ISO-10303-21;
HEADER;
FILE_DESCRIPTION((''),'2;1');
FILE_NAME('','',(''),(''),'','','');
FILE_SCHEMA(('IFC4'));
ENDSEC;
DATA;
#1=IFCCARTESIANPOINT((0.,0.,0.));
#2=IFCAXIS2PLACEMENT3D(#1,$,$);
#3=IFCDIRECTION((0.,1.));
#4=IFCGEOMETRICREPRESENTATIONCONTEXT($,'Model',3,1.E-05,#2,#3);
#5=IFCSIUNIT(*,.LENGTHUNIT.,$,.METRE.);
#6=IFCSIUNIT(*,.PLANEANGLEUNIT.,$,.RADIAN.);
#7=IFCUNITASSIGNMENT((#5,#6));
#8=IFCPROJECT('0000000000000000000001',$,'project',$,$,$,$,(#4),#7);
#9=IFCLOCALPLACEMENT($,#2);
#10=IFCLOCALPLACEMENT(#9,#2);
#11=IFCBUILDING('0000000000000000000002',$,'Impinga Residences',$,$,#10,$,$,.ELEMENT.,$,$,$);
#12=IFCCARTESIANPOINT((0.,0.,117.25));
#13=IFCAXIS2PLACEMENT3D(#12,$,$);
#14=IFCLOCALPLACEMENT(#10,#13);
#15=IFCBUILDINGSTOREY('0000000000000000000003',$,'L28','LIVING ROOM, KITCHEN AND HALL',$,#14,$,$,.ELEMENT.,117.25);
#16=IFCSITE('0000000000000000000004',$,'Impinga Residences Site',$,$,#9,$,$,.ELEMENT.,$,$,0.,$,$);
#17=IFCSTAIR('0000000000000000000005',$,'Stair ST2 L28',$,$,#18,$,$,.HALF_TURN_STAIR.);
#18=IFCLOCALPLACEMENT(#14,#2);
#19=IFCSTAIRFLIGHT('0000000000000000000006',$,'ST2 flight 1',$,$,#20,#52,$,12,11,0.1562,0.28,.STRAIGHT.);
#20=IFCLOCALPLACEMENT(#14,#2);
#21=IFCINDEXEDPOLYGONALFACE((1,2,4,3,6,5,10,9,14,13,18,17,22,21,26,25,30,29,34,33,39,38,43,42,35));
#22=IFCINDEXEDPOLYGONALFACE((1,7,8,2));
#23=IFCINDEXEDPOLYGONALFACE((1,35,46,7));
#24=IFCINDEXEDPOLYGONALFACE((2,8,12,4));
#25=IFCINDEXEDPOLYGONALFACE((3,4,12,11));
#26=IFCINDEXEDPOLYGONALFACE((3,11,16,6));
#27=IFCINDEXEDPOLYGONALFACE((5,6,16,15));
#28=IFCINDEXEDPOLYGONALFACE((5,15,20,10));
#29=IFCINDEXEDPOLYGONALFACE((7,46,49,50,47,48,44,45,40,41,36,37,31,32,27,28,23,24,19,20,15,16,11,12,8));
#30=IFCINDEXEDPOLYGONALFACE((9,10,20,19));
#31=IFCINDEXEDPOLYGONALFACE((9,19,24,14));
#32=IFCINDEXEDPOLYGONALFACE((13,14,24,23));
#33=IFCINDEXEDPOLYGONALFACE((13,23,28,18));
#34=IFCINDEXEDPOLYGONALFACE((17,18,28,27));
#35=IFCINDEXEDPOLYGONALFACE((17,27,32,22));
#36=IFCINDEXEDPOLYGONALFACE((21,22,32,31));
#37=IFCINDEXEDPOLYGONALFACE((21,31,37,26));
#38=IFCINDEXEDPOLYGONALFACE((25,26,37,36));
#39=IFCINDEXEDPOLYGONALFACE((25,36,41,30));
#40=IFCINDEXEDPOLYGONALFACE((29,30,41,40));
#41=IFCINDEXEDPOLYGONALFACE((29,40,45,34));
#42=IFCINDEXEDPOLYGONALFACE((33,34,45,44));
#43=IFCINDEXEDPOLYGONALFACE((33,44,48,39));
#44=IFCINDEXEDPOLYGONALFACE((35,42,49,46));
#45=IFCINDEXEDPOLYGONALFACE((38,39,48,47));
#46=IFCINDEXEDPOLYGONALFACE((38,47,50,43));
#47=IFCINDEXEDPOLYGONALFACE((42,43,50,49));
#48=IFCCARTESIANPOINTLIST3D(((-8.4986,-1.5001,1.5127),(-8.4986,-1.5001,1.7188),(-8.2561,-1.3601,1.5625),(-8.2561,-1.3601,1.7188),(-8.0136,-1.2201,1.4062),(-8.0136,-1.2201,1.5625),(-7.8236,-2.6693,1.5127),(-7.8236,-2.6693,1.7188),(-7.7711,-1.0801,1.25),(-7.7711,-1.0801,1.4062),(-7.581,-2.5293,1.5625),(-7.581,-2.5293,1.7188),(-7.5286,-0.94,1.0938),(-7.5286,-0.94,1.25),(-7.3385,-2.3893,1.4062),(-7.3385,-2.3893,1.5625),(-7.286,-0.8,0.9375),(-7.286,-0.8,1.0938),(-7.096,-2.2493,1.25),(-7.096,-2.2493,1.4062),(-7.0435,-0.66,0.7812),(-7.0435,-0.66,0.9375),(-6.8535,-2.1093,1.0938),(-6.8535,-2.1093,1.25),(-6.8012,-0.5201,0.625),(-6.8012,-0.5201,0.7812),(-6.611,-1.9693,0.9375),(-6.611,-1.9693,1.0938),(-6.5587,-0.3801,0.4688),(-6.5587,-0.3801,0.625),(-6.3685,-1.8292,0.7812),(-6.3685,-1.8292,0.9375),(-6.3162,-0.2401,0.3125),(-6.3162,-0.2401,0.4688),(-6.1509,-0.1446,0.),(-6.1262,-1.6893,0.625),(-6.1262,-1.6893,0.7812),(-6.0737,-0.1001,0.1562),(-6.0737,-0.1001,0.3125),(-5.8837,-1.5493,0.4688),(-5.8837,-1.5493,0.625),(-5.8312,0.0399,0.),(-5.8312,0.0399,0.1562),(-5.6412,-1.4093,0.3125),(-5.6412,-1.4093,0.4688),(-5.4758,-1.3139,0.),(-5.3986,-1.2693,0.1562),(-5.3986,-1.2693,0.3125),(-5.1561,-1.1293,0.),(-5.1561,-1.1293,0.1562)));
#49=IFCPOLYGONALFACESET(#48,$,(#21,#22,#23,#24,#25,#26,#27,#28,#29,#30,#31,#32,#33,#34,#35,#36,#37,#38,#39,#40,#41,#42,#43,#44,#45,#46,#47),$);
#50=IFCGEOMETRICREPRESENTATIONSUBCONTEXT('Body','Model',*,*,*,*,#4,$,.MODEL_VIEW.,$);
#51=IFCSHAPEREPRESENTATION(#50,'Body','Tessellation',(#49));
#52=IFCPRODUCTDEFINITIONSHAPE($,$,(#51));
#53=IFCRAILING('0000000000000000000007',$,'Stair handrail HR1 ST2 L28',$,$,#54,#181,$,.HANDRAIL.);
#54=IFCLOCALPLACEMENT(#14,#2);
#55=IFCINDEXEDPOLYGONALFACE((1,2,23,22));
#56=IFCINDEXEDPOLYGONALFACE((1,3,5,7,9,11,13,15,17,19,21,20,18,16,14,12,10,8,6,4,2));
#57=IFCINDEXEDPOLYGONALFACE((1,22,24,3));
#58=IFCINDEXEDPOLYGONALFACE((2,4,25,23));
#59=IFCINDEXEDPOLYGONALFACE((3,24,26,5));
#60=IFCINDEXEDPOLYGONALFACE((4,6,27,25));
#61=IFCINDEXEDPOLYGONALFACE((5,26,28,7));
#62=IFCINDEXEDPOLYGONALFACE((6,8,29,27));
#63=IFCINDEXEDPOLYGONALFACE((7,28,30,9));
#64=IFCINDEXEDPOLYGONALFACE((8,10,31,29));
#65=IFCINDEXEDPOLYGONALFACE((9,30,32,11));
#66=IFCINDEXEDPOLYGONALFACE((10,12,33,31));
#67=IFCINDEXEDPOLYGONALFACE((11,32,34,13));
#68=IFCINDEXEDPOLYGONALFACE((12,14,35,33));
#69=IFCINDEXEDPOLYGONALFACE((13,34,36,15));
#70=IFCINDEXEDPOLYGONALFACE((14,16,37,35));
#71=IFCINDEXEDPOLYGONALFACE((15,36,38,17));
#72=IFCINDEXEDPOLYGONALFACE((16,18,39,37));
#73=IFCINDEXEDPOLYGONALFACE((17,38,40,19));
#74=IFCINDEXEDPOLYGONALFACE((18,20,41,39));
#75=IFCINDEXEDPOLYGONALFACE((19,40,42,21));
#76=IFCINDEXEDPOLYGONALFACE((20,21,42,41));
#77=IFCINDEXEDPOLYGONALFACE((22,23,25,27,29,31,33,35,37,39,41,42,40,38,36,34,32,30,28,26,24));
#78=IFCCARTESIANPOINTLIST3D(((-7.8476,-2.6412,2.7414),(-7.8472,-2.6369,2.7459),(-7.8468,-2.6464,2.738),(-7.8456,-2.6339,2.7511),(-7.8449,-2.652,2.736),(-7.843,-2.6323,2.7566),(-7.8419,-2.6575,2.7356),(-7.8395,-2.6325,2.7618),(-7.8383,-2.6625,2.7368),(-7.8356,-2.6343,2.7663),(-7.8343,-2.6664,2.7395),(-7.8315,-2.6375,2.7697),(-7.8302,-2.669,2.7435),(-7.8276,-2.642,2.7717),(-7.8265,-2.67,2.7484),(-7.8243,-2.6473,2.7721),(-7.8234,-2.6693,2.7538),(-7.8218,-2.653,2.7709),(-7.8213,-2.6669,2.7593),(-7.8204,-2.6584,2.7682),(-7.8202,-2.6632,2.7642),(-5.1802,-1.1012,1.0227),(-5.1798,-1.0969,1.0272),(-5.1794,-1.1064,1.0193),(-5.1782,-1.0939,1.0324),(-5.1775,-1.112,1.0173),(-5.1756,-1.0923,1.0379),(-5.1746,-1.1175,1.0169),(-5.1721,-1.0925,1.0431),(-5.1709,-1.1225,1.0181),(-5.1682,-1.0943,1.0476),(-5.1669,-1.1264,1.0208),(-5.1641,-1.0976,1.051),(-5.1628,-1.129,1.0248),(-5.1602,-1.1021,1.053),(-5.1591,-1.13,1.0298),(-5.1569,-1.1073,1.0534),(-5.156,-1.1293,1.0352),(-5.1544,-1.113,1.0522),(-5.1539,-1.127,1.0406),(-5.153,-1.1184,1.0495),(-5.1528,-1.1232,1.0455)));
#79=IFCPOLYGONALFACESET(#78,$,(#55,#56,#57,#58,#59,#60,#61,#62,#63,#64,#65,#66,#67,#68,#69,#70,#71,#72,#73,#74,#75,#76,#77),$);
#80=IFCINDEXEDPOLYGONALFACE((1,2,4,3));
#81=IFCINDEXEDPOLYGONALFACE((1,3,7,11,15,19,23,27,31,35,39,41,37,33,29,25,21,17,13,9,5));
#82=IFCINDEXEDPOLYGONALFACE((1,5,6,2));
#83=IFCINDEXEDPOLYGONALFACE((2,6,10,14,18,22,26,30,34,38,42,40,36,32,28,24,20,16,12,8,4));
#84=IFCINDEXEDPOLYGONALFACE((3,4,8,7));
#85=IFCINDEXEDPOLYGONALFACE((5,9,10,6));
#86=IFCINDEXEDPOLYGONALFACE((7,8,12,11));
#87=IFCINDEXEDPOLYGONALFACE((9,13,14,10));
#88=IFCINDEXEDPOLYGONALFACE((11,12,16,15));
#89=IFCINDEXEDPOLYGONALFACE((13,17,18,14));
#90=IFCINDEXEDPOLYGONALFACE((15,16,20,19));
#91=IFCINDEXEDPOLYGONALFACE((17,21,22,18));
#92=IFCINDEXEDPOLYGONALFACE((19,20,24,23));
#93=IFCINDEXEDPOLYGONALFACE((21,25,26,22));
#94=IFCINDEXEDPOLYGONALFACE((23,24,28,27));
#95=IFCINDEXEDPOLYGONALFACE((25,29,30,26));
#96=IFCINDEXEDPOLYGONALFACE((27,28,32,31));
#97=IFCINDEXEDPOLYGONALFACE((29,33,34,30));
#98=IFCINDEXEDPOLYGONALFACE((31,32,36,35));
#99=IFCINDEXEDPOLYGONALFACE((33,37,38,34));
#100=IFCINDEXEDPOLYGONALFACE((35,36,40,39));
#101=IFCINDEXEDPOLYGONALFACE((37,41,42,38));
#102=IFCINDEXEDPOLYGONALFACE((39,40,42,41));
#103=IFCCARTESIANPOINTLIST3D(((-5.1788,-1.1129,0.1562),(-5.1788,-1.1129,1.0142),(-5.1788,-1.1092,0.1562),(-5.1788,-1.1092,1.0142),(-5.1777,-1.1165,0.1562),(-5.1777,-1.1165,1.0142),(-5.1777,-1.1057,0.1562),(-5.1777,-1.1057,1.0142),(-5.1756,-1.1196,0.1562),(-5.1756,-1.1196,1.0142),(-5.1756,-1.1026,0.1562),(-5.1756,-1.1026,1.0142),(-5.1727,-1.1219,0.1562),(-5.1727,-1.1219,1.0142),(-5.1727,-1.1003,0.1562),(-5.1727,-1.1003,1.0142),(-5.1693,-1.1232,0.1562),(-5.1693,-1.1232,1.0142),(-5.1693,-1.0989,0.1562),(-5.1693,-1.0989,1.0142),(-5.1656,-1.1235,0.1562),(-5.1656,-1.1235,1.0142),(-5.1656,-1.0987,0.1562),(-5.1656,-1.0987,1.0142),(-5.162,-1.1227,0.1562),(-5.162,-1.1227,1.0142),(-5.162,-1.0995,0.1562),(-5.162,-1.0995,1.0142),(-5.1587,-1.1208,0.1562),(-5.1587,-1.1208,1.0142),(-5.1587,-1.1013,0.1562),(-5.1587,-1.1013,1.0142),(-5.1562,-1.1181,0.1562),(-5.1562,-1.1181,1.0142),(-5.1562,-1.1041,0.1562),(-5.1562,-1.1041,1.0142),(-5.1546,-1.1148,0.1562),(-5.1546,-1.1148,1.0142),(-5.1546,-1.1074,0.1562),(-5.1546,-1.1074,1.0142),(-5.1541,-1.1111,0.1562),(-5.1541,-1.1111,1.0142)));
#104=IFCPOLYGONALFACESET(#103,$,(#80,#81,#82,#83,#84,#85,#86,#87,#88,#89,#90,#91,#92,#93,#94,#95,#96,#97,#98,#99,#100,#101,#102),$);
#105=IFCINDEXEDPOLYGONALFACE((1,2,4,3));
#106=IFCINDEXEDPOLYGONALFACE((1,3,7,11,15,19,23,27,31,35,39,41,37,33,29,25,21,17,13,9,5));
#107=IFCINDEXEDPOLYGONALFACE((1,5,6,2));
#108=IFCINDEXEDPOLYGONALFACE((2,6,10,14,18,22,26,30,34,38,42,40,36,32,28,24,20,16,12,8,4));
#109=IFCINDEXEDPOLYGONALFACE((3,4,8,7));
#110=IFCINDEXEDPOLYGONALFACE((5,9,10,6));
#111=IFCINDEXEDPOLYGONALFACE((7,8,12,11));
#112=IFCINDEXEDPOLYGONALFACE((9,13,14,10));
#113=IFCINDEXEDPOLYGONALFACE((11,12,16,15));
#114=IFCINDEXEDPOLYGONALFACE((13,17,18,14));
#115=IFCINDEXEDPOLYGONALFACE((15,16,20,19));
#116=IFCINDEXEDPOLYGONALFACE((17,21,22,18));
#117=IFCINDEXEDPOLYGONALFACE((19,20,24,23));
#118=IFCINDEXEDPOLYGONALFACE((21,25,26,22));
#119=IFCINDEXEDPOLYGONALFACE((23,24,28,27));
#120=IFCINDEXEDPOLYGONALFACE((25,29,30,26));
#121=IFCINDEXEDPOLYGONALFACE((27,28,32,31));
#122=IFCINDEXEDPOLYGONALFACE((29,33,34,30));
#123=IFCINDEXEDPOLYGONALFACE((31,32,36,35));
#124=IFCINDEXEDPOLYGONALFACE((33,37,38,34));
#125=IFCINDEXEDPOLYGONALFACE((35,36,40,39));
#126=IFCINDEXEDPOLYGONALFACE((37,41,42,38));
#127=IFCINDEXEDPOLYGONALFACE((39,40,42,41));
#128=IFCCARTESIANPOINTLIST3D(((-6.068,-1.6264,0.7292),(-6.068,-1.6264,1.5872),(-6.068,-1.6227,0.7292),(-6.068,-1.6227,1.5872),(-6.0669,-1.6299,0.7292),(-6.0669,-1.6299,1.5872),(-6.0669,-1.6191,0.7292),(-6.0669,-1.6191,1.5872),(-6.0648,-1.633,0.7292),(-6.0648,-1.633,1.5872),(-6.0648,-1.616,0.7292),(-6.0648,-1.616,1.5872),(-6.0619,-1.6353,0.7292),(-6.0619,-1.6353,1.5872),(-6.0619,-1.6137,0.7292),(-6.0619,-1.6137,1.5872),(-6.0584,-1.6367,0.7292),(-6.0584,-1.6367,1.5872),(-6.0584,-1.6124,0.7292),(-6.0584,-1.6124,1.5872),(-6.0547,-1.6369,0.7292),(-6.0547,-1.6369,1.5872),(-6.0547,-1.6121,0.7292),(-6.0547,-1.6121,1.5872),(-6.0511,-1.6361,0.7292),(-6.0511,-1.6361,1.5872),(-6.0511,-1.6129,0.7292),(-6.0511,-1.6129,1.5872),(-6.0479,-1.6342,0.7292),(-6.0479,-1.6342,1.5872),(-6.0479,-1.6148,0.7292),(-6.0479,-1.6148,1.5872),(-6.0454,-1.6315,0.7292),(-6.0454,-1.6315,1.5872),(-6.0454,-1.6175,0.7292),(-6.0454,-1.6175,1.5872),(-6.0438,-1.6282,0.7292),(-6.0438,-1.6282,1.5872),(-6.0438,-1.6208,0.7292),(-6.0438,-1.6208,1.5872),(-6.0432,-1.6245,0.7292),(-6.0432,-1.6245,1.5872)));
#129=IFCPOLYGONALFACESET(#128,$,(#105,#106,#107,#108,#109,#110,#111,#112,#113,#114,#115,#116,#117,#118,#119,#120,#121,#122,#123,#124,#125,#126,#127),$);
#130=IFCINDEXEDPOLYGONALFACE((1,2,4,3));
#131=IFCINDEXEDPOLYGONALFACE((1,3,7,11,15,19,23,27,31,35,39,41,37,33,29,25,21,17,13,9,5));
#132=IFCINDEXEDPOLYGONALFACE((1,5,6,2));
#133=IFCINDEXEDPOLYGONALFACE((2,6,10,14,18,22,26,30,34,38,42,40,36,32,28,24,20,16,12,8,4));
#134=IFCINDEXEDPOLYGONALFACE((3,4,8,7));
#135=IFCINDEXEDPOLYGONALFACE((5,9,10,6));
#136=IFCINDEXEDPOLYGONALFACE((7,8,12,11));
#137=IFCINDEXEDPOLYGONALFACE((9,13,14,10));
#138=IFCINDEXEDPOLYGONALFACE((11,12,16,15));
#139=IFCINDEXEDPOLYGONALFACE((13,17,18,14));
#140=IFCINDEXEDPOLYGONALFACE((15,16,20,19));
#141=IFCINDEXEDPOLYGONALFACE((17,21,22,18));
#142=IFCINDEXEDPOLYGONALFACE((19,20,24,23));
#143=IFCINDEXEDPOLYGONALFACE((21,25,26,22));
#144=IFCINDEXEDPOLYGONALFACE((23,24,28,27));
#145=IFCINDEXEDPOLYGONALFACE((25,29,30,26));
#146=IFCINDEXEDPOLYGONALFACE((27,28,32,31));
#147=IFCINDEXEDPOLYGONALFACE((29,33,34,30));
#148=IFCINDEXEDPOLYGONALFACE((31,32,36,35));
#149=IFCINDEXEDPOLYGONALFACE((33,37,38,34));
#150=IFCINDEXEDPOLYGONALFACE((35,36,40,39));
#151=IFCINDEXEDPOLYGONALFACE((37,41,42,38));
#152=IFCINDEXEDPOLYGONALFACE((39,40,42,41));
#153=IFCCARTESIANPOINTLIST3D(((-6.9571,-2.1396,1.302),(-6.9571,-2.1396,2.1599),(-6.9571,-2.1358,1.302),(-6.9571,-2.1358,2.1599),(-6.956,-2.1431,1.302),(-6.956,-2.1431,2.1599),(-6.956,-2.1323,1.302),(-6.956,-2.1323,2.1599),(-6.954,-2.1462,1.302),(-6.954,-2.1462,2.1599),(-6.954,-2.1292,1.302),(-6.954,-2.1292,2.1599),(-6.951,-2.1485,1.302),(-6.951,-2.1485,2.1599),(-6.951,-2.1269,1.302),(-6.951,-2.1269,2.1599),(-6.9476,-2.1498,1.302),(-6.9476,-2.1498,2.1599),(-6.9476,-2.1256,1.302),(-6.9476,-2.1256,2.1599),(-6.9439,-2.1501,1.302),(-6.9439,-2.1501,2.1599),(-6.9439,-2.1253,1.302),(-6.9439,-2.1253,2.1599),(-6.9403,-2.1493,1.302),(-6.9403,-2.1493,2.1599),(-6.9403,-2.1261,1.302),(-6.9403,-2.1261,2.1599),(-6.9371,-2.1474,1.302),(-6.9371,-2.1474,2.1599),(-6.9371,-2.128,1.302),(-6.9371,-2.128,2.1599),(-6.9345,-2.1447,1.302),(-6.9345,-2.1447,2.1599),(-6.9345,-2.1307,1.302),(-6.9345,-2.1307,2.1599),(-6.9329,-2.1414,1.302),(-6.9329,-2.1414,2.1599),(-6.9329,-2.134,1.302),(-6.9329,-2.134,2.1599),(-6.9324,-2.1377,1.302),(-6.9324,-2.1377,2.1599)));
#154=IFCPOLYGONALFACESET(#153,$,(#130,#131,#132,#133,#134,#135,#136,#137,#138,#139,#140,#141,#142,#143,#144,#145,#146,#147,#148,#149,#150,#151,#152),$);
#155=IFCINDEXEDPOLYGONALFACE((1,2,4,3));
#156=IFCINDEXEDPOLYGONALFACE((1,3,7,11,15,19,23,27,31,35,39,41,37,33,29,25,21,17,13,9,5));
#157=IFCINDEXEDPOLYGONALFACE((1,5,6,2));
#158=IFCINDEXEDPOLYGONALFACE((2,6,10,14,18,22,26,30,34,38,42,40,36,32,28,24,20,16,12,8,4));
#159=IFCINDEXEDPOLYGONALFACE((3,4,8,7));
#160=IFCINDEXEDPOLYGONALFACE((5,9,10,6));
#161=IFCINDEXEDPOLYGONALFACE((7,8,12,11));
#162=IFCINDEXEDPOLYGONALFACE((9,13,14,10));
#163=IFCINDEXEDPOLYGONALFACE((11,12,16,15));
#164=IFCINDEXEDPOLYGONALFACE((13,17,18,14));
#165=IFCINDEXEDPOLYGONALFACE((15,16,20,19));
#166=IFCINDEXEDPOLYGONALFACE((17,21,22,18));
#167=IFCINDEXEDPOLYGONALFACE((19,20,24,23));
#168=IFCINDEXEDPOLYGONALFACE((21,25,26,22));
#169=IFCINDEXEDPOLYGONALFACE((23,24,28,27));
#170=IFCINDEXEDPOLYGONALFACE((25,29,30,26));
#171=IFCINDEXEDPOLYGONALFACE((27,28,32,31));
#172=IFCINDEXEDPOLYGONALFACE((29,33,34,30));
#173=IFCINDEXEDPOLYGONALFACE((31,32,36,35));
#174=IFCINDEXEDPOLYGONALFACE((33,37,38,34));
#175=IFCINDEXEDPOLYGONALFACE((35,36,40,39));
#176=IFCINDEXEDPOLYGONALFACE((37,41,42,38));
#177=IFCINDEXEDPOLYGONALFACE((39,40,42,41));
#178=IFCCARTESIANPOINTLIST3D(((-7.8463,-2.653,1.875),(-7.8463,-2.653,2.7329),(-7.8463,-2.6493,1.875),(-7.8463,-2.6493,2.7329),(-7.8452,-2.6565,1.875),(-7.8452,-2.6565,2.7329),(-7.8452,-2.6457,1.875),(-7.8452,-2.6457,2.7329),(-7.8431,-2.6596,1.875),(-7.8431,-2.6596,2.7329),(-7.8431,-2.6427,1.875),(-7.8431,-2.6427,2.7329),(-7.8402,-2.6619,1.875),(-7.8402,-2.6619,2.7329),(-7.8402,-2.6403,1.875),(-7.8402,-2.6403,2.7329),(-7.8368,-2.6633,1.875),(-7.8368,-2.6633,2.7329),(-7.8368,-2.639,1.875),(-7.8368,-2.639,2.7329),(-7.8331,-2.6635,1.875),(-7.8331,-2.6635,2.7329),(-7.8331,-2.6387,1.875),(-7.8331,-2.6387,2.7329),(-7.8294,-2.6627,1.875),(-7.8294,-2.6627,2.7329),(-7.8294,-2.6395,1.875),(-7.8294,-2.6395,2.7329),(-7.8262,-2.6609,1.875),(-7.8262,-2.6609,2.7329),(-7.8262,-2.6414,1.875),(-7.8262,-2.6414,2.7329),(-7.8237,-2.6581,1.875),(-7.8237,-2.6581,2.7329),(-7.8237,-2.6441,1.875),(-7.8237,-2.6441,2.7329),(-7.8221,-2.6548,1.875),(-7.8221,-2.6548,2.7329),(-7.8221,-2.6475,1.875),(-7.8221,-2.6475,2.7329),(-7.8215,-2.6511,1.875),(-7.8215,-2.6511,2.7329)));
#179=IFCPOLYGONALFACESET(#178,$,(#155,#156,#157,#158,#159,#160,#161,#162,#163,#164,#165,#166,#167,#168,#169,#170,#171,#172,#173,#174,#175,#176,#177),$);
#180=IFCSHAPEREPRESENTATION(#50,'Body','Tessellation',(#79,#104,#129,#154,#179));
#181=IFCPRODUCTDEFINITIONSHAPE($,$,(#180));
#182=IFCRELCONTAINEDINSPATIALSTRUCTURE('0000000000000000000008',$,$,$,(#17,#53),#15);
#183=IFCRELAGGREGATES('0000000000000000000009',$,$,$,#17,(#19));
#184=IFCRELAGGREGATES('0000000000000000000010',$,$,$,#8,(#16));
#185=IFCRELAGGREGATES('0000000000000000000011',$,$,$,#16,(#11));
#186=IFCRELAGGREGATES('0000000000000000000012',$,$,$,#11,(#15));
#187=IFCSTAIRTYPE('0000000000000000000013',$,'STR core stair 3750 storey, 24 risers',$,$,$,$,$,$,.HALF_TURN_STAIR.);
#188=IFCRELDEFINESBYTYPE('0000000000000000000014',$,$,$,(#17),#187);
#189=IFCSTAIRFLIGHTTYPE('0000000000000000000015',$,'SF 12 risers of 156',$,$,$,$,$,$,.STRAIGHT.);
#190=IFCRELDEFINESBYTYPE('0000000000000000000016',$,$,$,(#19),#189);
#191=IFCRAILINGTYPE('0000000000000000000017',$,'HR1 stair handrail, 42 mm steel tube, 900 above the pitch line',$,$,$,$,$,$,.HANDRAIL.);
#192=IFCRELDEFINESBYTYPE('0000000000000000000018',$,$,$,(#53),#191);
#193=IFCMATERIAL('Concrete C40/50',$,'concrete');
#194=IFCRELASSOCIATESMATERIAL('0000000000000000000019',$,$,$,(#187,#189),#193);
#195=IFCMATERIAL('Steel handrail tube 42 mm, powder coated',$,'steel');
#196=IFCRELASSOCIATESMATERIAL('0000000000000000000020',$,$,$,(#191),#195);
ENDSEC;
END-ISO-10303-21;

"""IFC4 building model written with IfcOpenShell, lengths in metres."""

from ifc_helpers import new_model, si_unit, direction, frame, origin, origin_2d, place, context, subcontext, project, spatial, polyline, circle, outline, extrude, material, type_object, element, aggregate, save


model = new_model("IFC4")

# Units and contexts
model_context = context("Model", 3, precision=1e-05, world=origin(), true_north=direction((0.0, 1.0)))
body_context = subcontext(model_context, "Body", "Model", "MODEL_VIEW")
ifc_project = project(units=[si_unit("LENGTHUNIT", "METRE"), si_unit("PLANEANGLEUNIT", "RADIAN")], contexts=[model_context])

# Site, building, storey
site_placement = place(None, origin())
site = spatial("IfcSite", under=ifc_project, at=site_placement, Name="Impinga Residences Site", CompositionType="ELEMENT", RefElevation=0.0)
building_placement = place(site_placement, origin())
building = spatial("IfcBuilding", under=site, at=building_placement, Name="Impinga Residences", CompositionType="ELEMENT")
storey_placement = place(building_placement, frame((0.0, 0.0, 117.25)))
storey = spatial("IfcBuildingStorey", under=building, at=storey_placement, Name="L28", Description="LIVING ROOM, KITCHEN AND HALL", CompositionType="ELEMENT", Elevation=117.25)

# Shared definitions
ifc_material_1 = material(Name="Concrete C40/50", Category="concrete")
stair_type = type_object("IfcStairType", Name="STR core stair 3750 storey, 24 risers", PredefinedType="HALF_TURN_STAIR", material=ifc_material_1)

# Stair, stair flight
stair_1_placement = place(storey_placement, origin())
stair_1 = element("IfcStair", 1, at=stair_1_placement, inside=storey, type_object=stair_type, Name="Stair ST2 L28", PredefinedType="HALF_TURN_STAIR")
stair_flight_type = type_object("IfcStairFlightType", Name="SF 12 risers of 156", PredefinedType="STRAIGHT", material=ifc_material_1)
stair_flight_placement = place(storey_placement, frame((-5.4937, -0.5447, 0.0), z_axis=(0.0, 0.0, 1.0), x_axis=(-0.866025, -0.5, 0.0)))
stair_flight = element("IfcStairFlight", 2, at=stair_flight_placement, type_object=stair_flight_type, Name="ST2 flight 1", NumberOfRisers=12, NumberOfTreads=11, PredefinedType="STRAIGHT", RiserHeight=0.1562, TreadLength=0.28, context=body_context, shape_type="SweptSolid", body=[
    extrude(outline(polyline([(0.0, 0.0), (0.0, 0.1562), (0.28, 0.1562), (0.28, 0.3125), (0.5601, 0.3125), (0.5601, 0.4688), (0.8401, 0.4688), (0.8401, 0.625), (1.1201, 0.625), (1.1201, 0.7812), (1.3999, 0.7812), (1.3999, 0.9375), (1.6799, 0.9375), (1.6799, 1.0938), (1.96, 1.0938), (1.96, 1.25), (2.24, 1.25), (2.24, 1.4062), (2.52, 1.4062), (2.52, 1.5625), (2.8, 1.5625), (2.8, 1.7188), (3.0801, 1.7188), (3.0801, 1.875), (3.0801, 1.5127), (0.3691, 0.0), (0.0, 0.0)])), frame((0.0, 0.675, 0.0), z_axis=(0.0, -1.0, 0.0), x_axis=(1.0, 0.0, 0.0)), (0.0, 0.0, 1.0), 1.3501),
])
aggregate(stair_1, [stair_flight])

# Railing
ifc_material_2 = material(Name="Steel handrail tube 42 mm, powder coated", Category="steel")
railing_type = type_object("IfcRailingType", Name="HR1 stair handrail, 42 mm steel tube, 900 above the pitch line", PredefinedType="HANDRAIL", material=ifc_material_2)
railing_placement = place(storey_placement, frame((-5.1665, -1.1111, 0.1562)))
element("IfcRailing", 3, at=railing_placement, inside=storey, type_object=railing_type, Name="Stair handrail HR1 ST2 L28", PredefinedType="HANDRAIL", context=body_context, shape_type="SweptSolid", body=[
    extrude(circle(Radius=0.021, at=origin_2d()), frame((0.0, 0.0, 0.8789), z_axis=(-0.756256, -0.436616, 0.487282), x_axis=(0.499992, -0.86603, 0.0)), (0.0, 0.0, 1.0), 3.5271),
    extrude(circle(Radius=0.0125, at=origin_2d()), origin(), (0.0, 0.0, 1.0), 0.8579),
    extrude(circle(Radius=0.0125, at=origin_2d()), frame((-0.8892, -0.5134, 0.573)), (0.0, 0.0, 1.0), 0.8579),
    extrude(circle(Radius=0.0125, at=origin_2d()), frame((-1.7783, -1.0266, 1.1458)), (0.0, 0.0, 1.0), 0.8579),
    extrude(circle(Radius=0.0125, at=origin_2d()), frame((-2.6675, -1.54, 1.7188)), (0.0, 0.0, 1.0), 0.8579),
])

save(model, "model.ifc")
